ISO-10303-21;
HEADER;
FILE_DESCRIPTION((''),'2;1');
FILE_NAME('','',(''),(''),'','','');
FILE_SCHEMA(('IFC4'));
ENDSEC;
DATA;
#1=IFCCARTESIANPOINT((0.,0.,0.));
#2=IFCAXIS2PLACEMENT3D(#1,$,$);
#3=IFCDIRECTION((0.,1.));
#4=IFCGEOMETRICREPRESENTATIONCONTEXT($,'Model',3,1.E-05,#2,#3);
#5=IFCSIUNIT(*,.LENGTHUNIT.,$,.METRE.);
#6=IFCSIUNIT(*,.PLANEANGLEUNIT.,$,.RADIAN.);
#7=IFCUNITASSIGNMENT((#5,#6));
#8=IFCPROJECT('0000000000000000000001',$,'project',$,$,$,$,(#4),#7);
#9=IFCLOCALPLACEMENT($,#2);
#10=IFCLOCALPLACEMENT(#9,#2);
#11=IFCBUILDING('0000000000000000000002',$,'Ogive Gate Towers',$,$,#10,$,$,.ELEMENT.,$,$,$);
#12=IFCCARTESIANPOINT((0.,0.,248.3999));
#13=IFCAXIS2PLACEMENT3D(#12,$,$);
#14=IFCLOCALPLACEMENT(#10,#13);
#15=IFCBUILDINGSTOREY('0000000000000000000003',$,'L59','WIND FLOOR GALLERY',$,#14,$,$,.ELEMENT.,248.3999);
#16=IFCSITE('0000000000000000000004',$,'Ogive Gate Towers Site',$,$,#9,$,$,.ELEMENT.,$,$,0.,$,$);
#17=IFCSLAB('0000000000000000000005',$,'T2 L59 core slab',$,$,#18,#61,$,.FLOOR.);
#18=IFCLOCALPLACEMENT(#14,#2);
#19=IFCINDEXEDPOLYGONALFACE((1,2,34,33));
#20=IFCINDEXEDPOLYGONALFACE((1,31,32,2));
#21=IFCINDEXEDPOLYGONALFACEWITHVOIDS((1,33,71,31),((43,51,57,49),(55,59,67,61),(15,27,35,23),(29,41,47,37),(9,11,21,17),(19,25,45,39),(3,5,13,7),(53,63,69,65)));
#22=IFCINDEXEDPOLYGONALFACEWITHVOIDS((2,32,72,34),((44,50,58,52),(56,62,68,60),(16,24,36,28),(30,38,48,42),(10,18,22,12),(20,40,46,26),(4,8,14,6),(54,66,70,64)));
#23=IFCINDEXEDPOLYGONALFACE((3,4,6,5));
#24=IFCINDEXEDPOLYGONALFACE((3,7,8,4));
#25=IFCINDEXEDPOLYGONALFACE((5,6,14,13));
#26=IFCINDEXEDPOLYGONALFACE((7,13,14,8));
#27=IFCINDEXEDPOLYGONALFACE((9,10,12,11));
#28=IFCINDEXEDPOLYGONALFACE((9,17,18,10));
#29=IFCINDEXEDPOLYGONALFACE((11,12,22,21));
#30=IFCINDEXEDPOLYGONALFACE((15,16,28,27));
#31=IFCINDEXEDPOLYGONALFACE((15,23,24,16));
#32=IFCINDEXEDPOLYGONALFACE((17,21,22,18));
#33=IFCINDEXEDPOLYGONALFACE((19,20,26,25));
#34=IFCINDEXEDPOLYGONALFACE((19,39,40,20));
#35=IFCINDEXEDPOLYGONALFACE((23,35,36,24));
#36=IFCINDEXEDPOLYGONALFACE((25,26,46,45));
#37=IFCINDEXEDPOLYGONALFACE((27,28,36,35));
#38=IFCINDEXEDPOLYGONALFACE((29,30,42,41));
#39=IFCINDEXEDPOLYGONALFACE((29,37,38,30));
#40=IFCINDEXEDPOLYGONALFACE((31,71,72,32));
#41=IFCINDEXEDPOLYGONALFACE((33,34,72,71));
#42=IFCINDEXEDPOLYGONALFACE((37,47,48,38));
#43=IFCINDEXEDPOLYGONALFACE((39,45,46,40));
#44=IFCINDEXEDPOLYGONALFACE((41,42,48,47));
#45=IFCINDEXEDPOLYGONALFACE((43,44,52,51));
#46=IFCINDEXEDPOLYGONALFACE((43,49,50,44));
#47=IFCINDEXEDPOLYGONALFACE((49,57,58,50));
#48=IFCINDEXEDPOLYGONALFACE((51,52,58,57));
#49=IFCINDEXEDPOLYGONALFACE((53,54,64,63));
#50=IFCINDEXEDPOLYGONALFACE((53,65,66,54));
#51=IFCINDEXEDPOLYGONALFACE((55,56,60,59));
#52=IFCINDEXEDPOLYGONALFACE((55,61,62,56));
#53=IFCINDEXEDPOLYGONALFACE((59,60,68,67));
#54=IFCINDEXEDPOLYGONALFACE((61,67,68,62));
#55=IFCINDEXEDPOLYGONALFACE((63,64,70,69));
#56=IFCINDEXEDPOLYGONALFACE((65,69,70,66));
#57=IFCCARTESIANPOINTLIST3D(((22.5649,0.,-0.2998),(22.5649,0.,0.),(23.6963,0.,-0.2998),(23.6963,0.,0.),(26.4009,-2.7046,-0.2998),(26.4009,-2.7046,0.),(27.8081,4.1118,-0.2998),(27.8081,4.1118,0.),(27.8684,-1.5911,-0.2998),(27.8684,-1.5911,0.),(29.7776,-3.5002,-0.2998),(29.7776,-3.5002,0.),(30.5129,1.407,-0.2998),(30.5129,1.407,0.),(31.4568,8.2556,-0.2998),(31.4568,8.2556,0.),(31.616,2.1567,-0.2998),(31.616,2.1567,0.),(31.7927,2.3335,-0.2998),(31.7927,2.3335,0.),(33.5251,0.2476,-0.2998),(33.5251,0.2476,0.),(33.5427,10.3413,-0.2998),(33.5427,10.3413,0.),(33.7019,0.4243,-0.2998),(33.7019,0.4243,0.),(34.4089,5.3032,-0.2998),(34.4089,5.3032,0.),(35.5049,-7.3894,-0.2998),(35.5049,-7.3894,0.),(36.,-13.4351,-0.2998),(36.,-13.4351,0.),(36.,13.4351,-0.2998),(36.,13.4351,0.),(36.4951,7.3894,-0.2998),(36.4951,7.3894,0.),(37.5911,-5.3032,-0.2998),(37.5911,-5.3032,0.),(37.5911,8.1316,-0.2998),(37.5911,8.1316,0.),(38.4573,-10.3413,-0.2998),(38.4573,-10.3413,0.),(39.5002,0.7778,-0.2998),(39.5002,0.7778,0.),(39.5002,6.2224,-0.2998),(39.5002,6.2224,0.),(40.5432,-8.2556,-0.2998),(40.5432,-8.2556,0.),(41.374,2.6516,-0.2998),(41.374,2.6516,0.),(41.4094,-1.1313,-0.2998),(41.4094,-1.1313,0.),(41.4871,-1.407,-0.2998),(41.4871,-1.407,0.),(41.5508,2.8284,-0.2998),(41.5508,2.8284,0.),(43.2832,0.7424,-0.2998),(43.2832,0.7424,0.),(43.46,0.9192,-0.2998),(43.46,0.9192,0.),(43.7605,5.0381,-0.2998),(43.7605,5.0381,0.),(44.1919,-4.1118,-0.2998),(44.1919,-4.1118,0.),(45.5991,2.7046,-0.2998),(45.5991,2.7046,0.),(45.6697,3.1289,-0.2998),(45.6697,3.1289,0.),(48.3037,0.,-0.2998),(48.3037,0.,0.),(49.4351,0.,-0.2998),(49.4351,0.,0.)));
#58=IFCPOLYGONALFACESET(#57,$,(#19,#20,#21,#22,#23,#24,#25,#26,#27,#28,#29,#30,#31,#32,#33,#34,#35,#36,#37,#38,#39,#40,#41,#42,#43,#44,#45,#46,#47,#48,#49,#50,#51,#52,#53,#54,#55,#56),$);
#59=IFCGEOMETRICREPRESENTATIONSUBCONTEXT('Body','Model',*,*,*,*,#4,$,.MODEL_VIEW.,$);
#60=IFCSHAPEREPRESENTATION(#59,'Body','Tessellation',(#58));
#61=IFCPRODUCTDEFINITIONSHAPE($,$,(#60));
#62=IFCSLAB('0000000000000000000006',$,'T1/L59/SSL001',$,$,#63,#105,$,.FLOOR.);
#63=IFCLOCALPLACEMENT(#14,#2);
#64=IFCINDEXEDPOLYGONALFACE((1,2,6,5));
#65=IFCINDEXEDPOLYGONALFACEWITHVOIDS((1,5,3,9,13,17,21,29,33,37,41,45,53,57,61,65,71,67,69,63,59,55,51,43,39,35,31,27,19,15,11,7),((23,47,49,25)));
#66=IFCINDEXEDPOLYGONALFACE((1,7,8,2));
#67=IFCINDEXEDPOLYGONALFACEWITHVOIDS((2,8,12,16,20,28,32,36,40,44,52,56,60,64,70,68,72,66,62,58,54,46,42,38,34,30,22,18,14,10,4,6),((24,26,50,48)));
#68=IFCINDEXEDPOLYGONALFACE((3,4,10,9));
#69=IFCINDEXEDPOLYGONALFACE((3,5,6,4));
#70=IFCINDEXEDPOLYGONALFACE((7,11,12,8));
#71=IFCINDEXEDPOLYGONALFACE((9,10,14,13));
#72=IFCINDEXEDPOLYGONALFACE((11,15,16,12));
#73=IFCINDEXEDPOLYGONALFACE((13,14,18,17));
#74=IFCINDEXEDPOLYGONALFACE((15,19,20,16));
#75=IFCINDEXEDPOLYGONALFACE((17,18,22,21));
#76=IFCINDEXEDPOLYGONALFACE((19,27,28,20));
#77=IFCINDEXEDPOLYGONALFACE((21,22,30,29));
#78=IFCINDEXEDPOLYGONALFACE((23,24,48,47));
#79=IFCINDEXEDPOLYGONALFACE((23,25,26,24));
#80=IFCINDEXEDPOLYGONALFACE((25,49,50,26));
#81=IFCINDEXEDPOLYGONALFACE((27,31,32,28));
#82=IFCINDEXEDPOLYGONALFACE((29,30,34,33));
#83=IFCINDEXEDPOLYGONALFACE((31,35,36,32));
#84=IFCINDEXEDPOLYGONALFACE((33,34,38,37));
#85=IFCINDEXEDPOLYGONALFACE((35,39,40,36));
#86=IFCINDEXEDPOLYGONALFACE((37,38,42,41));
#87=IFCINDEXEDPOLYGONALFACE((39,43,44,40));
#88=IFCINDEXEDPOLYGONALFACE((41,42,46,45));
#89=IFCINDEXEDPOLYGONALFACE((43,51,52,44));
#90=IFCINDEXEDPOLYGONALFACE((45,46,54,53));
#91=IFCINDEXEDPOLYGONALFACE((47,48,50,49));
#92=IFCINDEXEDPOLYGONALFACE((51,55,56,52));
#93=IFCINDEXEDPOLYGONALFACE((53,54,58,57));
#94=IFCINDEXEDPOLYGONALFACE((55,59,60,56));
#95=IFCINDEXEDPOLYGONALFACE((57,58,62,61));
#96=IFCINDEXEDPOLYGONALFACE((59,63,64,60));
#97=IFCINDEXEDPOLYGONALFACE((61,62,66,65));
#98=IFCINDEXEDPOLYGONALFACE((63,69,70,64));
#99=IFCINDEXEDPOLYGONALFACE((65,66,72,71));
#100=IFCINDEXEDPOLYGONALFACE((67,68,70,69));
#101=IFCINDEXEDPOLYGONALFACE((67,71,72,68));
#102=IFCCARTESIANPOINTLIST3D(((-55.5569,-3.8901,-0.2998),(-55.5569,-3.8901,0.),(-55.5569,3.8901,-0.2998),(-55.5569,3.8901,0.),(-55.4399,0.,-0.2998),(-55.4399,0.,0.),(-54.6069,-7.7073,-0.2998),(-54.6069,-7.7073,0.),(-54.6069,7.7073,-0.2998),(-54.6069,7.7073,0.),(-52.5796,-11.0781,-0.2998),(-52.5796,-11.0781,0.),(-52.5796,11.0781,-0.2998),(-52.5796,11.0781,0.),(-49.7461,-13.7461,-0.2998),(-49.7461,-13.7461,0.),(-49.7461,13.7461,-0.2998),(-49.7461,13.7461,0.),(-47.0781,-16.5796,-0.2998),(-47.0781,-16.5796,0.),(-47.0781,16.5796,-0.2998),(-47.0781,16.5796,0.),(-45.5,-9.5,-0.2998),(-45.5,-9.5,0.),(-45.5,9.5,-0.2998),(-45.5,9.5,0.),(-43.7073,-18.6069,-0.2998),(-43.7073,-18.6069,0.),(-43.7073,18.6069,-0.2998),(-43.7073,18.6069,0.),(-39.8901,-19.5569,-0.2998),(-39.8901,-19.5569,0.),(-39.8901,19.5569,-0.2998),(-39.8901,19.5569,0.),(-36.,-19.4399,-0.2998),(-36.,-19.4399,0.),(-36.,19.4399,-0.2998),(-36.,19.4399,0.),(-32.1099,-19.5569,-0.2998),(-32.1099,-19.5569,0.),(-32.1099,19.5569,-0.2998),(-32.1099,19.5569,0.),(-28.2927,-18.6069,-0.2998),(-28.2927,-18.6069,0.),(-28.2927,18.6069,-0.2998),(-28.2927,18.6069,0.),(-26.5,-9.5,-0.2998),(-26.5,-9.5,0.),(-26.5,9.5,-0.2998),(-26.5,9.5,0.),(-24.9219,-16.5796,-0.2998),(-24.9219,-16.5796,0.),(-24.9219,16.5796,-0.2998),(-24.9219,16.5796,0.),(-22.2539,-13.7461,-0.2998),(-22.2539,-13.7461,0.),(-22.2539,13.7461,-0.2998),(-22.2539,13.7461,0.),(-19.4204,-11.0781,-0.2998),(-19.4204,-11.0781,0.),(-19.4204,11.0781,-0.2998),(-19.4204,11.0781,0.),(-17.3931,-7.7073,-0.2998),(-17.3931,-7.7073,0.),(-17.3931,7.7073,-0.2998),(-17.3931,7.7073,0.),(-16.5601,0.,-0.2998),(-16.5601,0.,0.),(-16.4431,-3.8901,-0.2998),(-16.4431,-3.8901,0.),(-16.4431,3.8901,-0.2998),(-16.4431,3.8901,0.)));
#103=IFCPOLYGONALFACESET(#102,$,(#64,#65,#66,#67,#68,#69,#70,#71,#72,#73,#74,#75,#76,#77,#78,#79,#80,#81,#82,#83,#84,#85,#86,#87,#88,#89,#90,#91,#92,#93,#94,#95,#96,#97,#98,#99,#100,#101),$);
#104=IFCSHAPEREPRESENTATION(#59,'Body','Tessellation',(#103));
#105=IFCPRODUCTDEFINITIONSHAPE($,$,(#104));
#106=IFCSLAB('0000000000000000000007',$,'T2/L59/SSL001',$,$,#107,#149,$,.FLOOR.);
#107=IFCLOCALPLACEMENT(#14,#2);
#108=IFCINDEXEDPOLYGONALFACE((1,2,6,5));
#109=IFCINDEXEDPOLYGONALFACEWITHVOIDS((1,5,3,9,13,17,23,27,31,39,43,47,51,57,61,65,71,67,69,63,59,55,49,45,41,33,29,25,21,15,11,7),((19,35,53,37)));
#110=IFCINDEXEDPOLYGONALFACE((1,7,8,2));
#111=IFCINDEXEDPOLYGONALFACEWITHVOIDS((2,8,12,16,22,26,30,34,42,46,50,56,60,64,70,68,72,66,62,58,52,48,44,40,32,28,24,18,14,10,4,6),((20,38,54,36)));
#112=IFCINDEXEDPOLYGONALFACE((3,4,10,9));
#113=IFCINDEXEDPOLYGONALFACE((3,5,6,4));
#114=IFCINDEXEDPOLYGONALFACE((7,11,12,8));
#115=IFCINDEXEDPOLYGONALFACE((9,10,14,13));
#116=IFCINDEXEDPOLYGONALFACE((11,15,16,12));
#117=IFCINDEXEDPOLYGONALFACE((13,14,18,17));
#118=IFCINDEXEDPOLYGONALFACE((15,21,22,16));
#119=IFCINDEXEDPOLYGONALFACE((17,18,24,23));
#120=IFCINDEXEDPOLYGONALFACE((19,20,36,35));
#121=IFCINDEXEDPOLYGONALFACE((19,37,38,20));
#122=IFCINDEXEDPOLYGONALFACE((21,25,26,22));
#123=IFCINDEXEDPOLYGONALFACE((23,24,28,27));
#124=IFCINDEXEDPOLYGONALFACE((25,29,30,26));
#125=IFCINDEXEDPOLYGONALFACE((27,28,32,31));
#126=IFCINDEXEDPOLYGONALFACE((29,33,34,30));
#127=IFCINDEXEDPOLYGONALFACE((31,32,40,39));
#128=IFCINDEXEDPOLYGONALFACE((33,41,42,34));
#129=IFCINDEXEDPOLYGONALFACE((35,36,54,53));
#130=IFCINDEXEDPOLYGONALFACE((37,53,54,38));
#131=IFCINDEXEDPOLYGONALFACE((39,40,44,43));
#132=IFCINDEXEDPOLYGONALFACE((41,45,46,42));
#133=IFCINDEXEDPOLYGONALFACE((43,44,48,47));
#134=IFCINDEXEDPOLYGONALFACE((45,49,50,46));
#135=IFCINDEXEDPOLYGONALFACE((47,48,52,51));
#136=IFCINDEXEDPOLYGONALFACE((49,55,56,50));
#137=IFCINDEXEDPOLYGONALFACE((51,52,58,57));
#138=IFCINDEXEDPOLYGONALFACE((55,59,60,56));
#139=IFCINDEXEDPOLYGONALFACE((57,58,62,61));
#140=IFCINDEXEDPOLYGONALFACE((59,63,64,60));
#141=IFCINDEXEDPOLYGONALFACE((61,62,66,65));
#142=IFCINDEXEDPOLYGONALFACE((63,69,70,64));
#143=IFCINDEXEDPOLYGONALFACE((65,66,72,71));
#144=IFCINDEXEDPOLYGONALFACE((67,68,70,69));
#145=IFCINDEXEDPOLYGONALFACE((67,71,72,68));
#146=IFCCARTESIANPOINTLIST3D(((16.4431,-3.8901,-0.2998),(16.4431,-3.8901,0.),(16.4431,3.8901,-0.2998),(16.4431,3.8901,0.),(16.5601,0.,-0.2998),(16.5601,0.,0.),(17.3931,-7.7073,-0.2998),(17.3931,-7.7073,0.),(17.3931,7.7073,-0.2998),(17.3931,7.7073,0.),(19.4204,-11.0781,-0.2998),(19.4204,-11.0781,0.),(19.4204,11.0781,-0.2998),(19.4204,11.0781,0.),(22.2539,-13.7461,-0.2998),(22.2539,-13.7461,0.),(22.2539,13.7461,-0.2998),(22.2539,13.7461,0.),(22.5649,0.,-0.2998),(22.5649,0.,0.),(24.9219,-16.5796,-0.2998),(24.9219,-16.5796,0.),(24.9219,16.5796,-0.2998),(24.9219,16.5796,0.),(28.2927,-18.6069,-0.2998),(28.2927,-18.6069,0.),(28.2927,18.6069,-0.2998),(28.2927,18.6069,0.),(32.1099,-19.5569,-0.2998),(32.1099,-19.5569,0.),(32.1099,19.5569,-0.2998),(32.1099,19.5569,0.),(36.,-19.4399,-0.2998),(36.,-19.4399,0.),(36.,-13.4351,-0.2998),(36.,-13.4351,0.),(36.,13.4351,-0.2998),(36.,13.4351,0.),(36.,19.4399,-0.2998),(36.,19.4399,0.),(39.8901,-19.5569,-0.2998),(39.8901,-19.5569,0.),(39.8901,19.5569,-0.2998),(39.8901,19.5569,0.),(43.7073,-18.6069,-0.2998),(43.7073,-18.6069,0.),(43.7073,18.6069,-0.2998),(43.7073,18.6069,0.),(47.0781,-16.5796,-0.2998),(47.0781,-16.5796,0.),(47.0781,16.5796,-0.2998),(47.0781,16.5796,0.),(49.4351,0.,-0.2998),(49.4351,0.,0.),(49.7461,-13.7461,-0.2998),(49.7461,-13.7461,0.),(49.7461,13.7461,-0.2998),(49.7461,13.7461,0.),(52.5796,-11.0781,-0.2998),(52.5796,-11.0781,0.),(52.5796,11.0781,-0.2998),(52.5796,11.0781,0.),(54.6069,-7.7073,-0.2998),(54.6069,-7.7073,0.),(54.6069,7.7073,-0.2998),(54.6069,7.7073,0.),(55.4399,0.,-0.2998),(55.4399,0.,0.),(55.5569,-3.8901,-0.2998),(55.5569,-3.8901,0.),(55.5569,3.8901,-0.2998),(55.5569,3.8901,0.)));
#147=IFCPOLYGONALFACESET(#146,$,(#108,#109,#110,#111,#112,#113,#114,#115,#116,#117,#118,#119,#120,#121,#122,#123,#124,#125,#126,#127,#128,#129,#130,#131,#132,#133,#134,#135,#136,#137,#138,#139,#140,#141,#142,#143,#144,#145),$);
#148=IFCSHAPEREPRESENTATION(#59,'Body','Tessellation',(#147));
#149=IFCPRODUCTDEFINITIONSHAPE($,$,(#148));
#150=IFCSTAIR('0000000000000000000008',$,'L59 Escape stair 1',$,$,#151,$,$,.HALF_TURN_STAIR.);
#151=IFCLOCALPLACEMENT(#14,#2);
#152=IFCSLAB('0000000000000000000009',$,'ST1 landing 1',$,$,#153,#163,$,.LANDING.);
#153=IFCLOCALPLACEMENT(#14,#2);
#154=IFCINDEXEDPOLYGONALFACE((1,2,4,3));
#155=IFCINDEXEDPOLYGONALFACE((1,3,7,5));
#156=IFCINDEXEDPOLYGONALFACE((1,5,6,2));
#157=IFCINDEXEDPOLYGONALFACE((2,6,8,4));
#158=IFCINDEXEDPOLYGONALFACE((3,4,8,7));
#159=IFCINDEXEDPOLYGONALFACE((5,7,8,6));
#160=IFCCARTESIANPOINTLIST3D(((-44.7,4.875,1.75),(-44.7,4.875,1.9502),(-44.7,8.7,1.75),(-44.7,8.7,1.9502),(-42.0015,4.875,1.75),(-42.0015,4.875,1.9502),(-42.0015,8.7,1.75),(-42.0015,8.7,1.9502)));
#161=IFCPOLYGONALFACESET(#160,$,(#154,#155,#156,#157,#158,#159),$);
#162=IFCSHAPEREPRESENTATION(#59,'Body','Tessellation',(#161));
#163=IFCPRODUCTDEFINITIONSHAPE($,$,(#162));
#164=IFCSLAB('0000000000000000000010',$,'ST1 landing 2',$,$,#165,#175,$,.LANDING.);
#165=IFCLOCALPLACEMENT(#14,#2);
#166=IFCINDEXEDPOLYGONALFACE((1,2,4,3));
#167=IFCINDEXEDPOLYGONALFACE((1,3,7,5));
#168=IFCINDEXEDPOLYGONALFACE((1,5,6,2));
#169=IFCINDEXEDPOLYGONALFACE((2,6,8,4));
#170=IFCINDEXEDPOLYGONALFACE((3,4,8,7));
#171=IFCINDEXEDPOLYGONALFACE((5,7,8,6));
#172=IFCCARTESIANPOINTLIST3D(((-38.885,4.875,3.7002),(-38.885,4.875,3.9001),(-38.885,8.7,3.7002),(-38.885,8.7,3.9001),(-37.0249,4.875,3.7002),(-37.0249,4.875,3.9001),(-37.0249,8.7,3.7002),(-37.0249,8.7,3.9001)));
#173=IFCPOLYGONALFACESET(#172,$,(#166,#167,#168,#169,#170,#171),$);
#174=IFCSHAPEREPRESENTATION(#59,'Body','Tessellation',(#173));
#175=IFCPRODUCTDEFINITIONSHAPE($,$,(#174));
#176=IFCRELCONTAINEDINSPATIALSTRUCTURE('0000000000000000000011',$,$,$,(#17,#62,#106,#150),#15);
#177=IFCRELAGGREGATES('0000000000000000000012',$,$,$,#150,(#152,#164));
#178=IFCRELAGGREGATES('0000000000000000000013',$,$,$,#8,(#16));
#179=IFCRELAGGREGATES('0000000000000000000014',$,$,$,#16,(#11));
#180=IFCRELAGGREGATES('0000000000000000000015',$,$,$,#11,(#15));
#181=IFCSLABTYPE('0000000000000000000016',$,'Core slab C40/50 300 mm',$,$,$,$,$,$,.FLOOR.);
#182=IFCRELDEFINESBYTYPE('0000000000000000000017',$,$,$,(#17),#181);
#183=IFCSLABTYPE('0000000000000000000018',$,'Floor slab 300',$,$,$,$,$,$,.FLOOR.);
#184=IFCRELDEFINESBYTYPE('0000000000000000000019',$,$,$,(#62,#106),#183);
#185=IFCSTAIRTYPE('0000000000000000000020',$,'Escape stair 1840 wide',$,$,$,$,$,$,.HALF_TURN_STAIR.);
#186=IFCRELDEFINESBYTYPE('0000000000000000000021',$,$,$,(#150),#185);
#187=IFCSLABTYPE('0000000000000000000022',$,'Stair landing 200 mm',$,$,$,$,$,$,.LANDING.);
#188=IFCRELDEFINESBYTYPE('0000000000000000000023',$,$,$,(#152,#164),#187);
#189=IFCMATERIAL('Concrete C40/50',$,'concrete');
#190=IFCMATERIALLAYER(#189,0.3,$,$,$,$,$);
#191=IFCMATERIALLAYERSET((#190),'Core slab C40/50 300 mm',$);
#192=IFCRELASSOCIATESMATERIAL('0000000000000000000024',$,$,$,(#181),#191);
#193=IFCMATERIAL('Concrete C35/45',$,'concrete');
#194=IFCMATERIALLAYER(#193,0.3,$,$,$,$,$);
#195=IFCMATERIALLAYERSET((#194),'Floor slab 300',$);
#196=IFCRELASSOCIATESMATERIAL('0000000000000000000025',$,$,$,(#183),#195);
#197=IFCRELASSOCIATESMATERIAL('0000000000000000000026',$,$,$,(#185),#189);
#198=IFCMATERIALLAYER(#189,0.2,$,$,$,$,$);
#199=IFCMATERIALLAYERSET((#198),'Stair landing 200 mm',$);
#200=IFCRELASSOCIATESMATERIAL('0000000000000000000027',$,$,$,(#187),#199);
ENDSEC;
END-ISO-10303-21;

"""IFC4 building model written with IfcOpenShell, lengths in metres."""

from ifc_helpers import new_model, si_unit, direction, frame, origin, place, context, subcontext, project, spatial, polyline, outline, extrude, material, layer, layer_set, type_object, element, aggregate, save


model = new_model("IFC4")

# Units and contexts
model_context = context("Model", 3, precision=1e-05, world=origin(), true_north=direction((0.0, 1.0)))
body_context = subcontext(model_context, "Body", "Model", "MODEL_VIEW")
ifc_project = project(units=[si_unit("LENGTHUNIT", "METRE"), si_unit("PLANEANGLEUNIT", "RADIAN")], contexts=[model_context])

# Site, building, storey
site_placement = place(None, origin())
site = spatial("IfcSite", under=ifc_project, at=site_placement, Name="Ogive Gate Towers Site", CompositionType="ELEMENT", RefElevation=0.0)
building_placement = place(site_placement, origin())
building = spatial("IfcBuilding", under=site, at=building_placement, Name="Ogive Gate Towers", CompositionType="ELEMENT")
storey_placement = place(building_placement, frame((0.0, 0.0, 248.3999)))
storey = spatial("IfcBuildingStorey", under=building, at=storey_placement, Name="L59", Description="WIND FLOOR GALLERY", CompositionType="ELEMENT", Elevation=248.3999)

# Slabs
ifc_material_1 = material(Name="Concrete C40/50", Category="concrete")
ifc_layer_1 = layer(ifc_material_1, 0.3)
ifc_layer_set_1 = layer_set([ifc_layer_1], Name="Core slab C40/50 300 mm")
slab_type_1 = type_object("IfcSlabType", Name="Core slab C40/50 300 mm", PredefinedType="FLOOR", material=ifc_layer_set_1)
slab_1_placement = place(storey_placement, frame((0.0, 0.0, -0.2998)))
element("IfcSlab", 1, at=slab_1_placement, inside=storey, type_object=slab_type_1, Name="T2 L59 core slab", PredefinedType="FLOOR", context=body_context, shape_type="SweptSolid", body=[
    extrude(outline(polyline([(36.0, -13.4351), (22.5649, 0.0), (36.0, 13.4351), (49.4351, 0.0), (36.0, -13.4351)]), holes=[polyline([(29.7776, -3.5002), (33.5251, 0.2476), (31.616, 2.1567), (27.8684, -1.5911), (29.7776, -3.5002)]), polyline([(31.7927, 2.3335), (33.7019, 0.4243), (39.5002, 6.2224), (37.5911, 8.1316), (31.7927, 2.3335)]), polyline([(41.374, 2.6516), (39.5002, 0.7778), (41.4094, -1.1313), (43.2832, 0.7424), (41.374, 2.6516)]), polyline([(45.6697, 3.1289), (43.7605, 5.0381), (41.5508, 2.8284), (43.46, 0.9192), (45.6697, 3.1289)]), polyline([(34.4089, 5.3032), (36.4951, 7.3894), (33.5427, 10.3413), (31.4568, 8.2556), (34.4089, 5.3032)]), polyline([(35.5049, -7.3894), (38.4573, -10.3413), (40.5432, -8.2556), (37.5911, -5.3032), (35.5049, -7.3894)]), polyline([(26.4009, -2.7046), (30.5129, 1.407), (27.8081, 4.1118), (23.6963, 0.0), (26.4009, -2.7046)]), polyline([(48.3037, 0.0), (45.5991, 2.7046), (41.4871, -1.407), (44.1919, -4.1118), (48.3037, 0.0)])]), origin(), (0.0, 0.0, 1.0), 0.2998),
])
ifc_material_2 = material(Name="Concrete C35/45", Category="concrete")
ifc_layer_2 = layer(ifc_material_2, 0.3)
ifc_layer_set_2 = layer_set([ifc_layer_2], Name="Floor slab 300")
slab_type_2 = type_object("IfcSlabType", Name="Floor slab 300", PredefinedType="FLOOR", material=ifc_layer_set_2)
slab_2_placement = place(storey_placement, frame((0.0, 0.0, -0.2998)))
element("IfcSlab", 2, at=slab_2_placement, inside=storey, type_object=slab_type_2, Name="T1/L59/SSL001", PredefinedType="FLOOR", context=body_context, shape_type="SweptSolid", body=[
    extrude(outline(polyline([(-16.4431, -3.8901), (-16.5601, 0.0), (-16.4431, 3.8901), (-17.3931, 7.7073), (-19.4204, 11.0781), (-22.2539, 13.7461), (-24.9219, 16.5796), (-28.2927, 18.6069), (-32.1099, 19.5569), (-36.0, 19.4399), (-39.8901, 19.5569), (-43.7073, 18.6069), (-47.0781, 16.5796), (-49.7461, 13.7461), (-52.5796, 11.0781), (-54.6069, 7.7073), (-55.5569, 3.8901), (-55.4399, 0.0), (-55.5569, -3.8901), (-54.6069, -7.7073), (-52.5796, -11.0781), (-49.7461, -13.7461), (-47.0781, -16.5796), (-43.7073, -18.6069), (-39.8901, -19.5569), (-36.0, -19.4399), (-32.1099, -19.5569), (-28.2927, -18.6069), (-24.9219, -16.5796), (-22.2539, -13.7461), (-19.4204, -11.0781), (-17.3931, -7.7073), (-16.4431, -3.8901)]), holes=[polyline([(-26.5, -9.5), (-45.5, -9.5), (-45.5, 9.5), (-26.5, 9.5), (-26.5, -9.5)])]), origin(), (0.0, 0.0, 1.0), 0.2998),
])
slab_3_placement = place(storey_placement, frame((0.0, 0.0, -0.2998)))
element("IfcSlab", 3, at=slab_3_placement, inside=storey, type_object=slab_type_2, Name="T2/L59/SSL001", PredefinedType="FLOOR", context=body_context, shape_type="SweptSolid", body=[
    extrude(outline(polyline([(55.5569, -3.8901), (55.4399, 0.0), (55.5569, 3.8901), (54.6069, 7.7073), (52.5796, 11.0781), (49.7461, 13.7461), (47.0781, 16.5796), (43.7073, 18.6069), (39.8901, 19.5569), (36.0, 19.4399), (32.1099, 19.5569), (28.2927, 18.6069), (24.9219, 16.5796), (22.2539, 13.7461), (19.4204, 11.0781), (17.3931, 7.7073), (16.4431, 3.8901), (16.5601, 0.0), (16.4431, -3.8901), (17.3931, -7.7073), (19.4204, -11.0781), (22.2539, -13.7461), (24.9219, -16.5796), (28.2927, -18.6069), (32.1099, -19.5569), (36.0, -19.4399), (39.8901, -19.5569), (43.7073, -18.6069), (47.0781, -16.5796), (49.7461, -13.7461), (52.5796, -11.0781), (54.6069, -7.7073), (55.5569, -3.8901)]), holes=[polyline([(49.4351, 0.0), (36.0, -13.4351), (22.5649, 0.0), (36.0, 13.4351), (49.4351, 0.0)])]), origin(), (0.0, 0.0, 1.0), 0.2998),
])

# Stair, slabs
stair_type = type_object("IfcStairType", Name="Escape stair 1840 wide", PredefinedType="HALF_TURN_STAIR", material=ifc_material_1)
stair_1_placement = place(storey_placement, origin())
stair_1 = element("IfcStair", 4, at=stair_1_placement, inside=storey, type_object=stair_type, Name="L59 Escape stair 1", PredefinedType="HALF_TURN_STAIR")
ifc_layer_3 = layer(ifc_material_1, 0.2)
ifc_layer_set_3 = layer_set([ifc_layer_3], Name="Stair landing 200 mm")
slab_type_3 = type_object("IfcSlabType", Name="Stair landing 200 mm", PredefinedType="LANDING", material=ifc_layer_set_3)
slab_4_placement = place(storey_placement, frame((0.0, 0.0, 1.75)))
slab_4 = element("IfcSlab", 5, at=slab_4_placement, type_object=slab_type_3, Name="ST1 landing 1", PredefinedType="LANDING", context=body_context, shape_type="SweptSolid", body=[
    extrude(outline(polyline([(-42.0015, 8.7), (-44.7, 8.7), (-44.7, 4.875), (-42.0015, 4.875), (-42.0015, 8.7)])), origin(), (0.0, 0.0, 1.0), 0.2002),
])
slab_5_placement = place(storey_placement, frame((0.0, 0.0, 3.7002)))
slab_5 = element("IfcSlab", 6, at=slab_5_placement, type_object=slab_type_3, Name="ST1 landing 2", PredefinedType="LANDING", context=body_context, shape_type="SweptSolid", body=[
    extrude(outline(polyline([(-37.0249, 8.7), (-38.885, 8.7), (-38.885, 4.875), (-37.0249, 4.875), (-37.0249, 8.7)])), origin(), (0.0, 0.0, 1.0), 0.2),
])
aggregate(stair_1, [slab_4, slab_5])

save(model, "model.ifc")
